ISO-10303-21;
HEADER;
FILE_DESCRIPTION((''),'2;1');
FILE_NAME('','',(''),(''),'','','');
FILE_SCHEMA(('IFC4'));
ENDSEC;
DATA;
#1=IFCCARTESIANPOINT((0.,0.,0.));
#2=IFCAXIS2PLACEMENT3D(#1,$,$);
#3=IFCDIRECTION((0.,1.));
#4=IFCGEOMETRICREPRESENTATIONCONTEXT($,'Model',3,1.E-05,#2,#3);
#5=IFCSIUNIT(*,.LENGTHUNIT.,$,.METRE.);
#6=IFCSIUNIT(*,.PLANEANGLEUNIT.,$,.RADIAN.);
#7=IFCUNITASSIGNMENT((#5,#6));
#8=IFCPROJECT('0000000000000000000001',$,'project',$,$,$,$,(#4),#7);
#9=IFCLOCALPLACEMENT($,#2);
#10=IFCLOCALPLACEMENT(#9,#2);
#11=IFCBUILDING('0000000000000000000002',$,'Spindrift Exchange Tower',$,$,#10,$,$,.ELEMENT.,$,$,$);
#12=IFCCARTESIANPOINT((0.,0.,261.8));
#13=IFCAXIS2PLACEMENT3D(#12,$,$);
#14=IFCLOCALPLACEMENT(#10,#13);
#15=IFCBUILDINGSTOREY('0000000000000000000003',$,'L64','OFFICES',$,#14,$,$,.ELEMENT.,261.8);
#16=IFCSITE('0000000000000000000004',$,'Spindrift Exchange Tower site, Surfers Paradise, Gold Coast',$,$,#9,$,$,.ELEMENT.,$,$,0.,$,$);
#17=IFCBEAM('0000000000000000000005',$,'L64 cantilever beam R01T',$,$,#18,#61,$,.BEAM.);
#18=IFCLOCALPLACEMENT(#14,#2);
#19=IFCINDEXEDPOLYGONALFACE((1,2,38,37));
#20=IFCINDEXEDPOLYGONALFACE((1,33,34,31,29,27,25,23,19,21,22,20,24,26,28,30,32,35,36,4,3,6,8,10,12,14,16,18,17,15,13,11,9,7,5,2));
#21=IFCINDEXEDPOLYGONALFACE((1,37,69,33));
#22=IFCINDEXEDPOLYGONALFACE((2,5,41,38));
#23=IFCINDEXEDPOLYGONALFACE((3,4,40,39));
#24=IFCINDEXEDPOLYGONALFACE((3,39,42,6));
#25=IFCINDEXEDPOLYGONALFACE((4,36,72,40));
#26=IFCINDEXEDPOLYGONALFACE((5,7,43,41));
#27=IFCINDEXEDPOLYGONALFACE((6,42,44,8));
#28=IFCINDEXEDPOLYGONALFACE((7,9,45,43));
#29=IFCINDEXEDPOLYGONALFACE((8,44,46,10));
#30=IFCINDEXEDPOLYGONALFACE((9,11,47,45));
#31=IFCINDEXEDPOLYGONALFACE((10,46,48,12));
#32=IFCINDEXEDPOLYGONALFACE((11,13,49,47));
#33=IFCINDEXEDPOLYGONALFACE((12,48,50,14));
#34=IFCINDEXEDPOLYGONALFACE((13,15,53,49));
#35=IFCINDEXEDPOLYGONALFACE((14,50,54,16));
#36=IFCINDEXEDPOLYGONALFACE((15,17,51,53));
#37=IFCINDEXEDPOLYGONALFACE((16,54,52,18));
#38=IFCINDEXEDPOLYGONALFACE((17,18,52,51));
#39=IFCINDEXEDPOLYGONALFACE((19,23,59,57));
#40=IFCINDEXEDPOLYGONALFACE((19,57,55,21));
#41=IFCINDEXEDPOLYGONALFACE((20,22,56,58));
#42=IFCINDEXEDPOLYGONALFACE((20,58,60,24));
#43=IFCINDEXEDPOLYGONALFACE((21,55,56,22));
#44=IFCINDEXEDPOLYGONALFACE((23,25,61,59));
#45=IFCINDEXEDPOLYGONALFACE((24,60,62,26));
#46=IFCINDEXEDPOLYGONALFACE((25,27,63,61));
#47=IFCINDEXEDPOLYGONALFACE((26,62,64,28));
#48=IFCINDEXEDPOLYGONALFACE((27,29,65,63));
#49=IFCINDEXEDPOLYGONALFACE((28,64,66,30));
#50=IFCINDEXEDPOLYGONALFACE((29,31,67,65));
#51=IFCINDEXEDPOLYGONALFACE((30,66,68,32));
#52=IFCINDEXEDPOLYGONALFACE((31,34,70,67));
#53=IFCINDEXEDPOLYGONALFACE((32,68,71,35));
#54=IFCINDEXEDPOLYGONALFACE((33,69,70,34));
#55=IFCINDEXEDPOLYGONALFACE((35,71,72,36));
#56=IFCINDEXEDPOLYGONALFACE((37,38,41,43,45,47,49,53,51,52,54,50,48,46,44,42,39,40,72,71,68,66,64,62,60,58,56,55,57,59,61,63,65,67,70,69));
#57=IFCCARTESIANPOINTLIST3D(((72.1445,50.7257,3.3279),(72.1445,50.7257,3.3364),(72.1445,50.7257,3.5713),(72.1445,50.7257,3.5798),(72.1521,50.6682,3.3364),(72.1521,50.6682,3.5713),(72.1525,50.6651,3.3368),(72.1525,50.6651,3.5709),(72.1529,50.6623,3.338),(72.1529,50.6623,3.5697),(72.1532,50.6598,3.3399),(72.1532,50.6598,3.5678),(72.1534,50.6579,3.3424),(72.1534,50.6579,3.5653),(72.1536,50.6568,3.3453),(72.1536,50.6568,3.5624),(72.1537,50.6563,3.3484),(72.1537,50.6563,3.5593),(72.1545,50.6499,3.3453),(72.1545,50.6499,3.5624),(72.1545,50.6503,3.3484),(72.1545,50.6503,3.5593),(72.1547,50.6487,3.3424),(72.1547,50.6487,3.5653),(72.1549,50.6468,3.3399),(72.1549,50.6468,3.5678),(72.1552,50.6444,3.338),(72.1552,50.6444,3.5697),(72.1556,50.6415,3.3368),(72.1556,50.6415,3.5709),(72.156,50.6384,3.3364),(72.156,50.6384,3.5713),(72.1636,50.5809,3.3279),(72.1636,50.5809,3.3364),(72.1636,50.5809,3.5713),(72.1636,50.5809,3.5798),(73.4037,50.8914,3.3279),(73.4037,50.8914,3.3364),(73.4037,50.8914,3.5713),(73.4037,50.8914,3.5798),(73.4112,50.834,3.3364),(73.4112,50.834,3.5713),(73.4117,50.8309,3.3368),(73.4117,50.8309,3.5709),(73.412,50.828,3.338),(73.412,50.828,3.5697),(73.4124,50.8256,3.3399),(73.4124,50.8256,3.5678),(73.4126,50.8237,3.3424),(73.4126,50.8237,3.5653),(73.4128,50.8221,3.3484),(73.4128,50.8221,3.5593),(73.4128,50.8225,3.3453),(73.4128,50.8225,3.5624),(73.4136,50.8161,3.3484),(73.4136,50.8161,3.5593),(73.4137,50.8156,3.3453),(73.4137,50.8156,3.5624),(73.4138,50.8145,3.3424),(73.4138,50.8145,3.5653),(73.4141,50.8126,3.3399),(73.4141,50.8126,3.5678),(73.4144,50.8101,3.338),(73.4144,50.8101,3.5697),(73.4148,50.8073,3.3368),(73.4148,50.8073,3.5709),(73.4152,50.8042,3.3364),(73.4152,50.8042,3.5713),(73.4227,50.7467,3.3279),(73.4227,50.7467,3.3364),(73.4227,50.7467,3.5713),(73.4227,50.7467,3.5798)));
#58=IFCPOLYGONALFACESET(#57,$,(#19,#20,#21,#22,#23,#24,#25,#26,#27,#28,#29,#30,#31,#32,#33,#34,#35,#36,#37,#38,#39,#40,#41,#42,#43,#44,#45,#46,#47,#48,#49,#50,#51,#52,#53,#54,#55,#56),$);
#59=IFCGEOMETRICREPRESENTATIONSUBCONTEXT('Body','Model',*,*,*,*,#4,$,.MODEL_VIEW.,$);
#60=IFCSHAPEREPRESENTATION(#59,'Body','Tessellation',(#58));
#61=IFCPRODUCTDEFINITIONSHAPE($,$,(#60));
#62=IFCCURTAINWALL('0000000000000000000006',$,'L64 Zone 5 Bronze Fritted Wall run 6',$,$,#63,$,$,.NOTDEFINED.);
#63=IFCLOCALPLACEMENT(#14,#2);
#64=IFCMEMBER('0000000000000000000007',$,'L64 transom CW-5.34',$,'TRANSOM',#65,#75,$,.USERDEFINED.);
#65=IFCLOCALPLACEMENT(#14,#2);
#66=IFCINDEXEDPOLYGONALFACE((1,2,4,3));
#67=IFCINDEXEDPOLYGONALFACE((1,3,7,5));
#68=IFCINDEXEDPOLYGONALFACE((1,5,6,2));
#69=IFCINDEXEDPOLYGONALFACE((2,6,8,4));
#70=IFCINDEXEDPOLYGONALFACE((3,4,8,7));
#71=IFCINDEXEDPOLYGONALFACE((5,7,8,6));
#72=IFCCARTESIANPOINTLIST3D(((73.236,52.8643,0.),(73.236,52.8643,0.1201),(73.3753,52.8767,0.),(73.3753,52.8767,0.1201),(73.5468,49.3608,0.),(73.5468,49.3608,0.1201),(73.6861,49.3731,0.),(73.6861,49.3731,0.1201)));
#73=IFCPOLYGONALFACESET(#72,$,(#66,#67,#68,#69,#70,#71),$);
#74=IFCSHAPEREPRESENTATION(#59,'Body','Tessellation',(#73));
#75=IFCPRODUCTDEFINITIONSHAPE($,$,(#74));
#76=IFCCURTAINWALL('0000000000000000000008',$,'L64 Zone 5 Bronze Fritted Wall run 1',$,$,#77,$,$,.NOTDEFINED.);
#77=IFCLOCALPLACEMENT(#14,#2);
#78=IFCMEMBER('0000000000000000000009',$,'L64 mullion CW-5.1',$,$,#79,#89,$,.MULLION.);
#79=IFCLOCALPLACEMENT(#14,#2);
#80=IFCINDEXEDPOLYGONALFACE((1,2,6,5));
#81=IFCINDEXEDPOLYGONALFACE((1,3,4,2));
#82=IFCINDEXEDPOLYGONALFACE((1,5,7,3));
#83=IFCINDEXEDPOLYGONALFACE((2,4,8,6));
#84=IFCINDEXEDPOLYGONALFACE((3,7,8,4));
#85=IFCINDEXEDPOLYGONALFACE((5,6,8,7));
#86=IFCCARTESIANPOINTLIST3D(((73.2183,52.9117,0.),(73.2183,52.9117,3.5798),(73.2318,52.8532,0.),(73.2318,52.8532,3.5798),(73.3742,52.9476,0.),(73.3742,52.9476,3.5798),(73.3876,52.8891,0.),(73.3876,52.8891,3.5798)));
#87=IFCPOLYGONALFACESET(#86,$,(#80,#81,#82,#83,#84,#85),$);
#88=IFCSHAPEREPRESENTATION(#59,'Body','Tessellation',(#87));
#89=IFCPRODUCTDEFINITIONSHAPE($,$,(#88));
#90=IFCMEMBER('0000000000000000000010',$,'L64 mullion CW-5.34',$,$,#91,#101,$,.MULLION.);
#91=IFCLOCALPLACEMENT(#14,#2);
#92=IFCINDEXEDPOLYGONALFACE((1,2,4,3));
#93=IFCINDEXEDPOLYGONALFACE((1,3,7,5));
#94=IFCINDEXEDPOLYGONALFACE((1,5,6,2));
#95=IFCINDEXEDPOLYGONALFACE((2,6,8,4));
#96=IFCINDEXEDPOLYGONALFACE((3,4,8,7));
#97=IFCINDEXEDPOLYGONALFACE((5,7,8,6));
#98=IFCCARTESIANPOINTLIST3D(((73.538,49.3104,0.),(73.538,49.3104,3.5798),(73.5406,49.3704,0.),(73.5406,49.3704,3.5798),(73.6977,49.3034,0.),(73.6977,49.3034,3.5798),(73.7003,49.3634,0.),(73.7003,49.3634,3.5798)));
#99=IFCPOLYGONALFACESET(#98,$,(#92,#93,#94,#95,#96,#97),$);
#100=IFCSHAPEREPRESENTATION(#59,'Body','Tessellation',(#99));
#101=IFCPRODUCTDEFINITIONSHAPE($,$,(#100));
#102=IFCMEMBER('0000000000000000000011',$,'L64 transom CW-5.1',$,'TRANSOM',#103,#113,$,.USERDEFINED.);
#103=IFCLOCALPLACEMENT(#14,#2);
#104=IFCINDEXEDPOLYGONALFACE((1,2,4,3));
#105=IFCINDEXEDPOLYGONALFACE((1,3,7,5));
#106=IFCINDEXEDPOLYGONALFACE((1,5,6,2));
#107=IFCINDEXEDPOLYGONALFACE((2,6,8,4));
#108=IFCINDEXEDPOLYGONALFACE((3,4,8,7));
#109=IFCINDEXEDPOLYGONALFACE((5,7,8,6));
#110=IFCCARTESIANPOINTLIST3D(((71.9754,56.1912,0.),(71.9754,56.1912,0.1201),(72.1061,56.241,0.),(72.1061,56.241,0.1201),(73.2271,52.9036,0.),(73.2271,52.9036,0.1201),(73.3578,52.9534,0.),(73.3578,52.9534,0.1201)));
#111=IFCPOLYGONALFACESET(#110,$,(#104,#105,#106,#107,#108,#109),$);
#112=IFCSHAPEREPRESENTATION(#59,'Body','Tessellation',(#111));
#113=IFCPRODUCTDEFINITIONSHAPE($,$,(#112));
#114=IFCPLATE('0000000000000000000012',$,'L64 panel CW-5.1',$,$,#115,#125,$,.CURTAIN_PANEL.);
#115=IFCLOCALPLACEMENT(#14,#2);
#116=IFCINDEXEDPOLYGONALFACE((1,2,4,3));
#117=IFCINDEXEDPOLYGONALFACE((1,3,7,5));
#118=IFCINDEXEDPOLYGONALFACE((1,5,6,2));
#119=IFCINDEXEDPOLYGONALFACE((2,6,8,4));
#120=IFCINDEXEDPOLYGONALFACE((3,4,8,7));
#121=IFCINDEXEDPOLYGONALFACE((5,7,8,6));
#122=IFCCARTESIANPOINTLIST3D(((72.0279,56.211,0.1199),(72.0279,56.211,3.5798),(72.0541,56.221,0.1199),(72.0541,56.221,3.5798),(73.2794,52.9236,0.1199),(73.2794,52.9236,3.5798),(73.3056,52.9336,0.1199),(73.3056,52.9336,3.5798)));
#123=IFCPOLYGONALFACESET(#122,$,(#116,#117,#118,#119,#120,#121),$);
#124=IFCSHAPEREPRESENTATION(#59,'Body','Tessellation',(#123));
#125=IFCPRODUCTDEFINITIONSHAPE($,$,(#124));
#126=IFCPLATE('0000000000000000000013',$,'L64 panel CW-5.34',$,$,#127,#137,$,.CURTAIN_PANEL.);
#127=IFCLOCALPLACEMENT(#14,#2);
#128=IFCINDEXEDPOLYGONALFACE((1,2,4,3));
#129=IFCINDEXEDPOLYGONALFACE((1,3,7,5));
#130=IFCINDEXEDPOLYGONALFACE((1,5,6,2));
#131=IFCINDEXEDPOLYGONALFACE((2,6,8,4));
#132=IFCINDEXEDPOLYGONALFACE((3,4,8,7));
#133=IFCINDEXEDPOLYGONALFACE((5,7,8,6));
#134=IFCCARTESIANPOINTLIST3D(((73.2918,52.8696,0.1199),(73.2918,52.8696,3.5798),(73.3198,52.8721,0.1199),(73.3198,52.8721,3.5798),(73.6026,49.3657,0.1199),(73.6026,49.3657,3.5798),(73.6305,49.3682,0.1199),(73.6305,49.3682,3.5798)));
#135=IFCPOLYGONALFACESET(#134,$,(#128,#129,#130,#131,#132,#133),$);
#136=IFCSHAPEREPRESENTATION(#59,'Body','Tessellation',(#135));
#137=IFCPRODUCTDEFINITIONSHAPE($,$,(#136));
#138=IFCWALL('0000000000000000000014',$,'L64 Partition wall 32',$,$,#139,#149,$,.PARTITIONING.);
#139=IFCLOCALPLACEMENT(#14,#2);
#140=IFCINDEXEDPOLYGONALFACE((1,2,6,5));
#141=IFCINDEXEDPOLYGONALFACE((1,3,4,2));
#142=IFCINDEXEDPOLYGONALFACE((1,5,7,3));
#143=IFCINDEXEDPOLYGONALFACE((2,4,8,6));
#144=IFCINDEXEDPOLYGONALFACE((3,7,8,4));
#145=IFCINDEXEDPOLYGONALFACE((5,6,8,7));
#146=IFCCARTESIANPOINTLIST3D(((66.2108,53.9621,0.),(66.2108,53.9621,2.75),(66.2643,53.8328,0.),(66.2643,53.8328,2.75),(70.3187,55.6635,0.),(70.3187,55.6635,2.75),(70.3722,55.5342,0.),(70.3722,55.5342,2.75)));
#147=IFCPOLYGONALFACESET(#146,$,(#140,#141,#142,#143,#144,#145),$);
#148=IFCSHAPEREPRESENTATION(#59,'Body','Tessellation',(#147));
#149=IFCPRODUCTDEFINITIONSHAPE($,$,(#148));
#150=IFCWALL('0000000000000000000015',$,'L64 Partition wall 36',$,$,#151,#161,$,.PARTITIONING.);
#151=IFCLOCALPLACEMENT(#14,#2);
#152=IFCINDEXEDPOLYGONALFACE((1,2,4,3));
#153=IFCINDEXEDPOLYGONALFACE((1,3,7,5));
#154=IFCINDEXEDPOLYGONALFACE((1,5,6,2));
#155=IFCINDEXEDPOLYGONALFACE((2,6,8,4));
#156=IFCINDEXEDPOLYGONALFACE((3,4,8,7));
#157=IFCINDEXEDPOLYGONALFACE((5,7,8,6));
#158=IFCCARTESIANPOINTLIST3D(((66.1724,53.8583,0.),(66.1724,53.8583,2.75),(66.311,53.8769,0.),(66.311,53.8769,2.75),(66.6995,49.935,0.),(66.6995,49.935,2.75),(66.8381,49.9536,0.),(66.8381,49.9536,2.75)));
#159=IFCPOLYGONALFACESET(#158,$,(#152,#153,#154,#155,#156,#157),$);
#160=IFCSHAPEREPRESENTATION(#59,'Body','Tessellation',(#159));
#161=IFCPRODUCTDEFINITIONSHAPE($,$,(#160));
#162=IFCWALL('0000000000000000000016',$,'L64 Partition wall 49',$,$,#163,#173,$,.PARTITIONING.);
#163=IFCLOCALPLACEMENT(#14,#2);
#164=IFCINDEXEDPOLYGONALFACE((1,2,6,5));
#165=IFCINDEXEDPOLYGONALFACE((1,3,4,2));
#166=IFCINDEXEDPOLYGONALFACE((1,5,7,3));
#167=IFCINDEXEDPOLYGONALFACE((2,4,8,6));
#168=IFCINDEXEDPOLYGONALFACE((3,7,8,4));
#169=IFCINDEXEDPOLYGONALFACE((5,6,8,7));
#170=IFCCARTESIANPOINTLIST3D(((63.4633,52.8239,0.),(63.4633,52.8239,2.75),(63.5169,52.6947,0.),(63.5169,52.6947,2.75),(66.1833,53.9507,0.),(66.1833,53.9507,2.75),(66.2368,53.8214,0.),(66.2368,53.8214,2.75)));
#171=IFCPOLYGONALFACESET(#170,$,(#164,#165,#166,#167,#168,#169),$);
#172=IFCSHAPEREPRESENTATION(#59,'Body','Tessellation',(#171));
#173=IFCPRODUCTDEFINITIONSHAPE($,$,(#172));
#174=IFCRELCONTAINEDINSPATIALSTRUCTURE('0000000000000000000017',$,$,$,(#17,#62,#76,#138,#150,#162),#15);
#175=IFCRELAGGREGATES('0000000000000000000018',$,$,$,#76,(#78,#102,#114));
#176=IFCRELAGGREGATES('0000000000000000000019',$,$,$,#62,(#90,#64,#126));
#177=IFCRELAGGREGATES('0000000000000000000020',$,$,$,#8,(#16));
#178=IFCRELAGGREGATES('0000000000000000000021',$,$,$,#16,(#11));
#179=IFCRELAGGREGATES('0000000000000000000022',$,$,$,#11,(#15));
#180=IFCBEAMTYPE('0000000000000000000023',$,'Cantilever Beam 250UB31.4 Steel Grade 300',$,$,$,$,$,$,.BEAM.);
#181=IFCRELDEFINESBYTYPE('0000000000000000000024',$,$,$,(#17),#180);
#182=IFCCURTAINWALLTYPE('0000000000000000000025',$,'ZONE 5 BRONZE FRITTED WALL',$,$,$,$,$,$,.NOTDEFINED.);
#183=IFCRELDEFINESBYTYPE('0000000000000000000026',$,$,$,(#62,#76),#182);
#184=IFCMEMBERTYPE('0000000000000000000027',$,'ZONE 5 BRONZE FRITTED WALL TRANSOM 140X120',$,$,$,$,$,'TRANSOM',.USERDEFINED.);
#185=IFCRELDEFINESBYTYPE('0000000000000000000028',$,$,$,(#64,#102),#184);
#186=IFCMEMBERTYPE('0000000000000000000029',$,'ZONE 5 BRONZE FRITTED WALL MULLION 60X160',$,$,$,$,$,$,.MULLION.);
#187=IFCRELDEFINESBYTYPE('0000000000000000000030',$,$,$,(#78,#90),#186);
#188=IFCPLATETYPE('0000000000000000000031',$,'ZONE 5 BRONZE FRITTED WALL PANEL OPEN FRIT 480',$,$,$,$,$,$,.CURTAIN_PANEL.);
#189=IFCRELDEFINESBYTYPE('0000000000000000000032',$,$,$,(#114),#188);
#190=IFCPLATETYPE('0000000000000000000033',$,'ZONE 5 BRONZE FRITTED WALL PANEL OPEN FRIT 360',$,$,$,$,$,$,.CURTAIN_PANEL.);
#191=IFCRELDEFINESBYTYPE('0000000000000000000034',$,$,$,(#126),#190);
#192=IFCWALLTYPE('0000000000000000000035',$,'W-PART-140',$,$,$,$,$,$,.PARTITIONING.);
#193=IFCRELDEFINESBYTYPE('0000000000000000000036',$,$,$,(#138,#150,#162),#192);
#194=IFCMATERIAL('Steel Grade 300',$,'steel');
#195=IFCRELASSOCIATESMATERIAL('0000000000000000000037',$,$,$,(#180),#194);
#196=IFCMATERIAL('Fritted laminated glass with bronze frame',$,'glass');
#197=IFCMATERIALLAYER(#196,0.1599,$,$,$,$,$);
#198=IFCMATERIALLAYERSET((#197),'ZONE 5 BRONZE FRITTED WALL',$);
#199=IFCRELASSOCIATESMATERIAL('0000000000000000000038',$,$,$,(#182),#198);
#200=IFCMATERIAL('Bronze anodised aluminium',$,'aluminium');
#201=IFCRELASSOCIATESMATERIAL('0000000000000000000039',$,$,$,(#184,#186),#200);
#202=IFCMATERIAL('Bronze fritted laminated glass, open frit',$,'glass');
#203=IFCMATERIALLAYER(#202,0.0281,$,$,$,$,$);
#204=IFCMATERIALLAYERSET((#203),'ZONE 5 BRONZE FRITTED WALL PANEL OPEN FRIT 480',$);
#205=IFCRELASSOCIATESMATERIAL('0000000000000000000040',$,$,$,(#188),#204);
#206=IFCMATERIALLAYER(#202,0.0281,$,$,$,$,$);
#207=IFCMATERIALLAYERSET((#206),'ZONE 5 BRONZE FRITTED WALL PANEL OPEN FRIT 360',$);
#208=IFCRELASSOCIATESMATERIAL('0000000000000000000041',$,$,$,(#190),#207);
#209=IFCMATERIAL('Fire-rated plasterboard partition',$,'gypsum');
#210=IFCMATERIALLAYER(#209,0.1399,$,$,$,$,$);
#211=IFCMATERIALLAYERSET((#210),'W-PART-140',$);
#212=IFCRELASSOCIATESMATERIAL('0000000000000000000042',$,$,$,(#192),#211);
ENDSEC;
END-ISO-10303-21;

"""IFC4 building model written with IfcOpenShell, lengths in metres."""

from ifc_helpers import new_model, si_unit, direction, frame, frame_2d, origin, origin_2d, place, context, subcontext, project, spatial, rectangle, i_section, extrude, source, transform, mapped, material, layer, layer_set, material_profile, profile_set, type_object, element, aggregate, save


model = new_model("IFC4")

# Units and contexts
model_context = context("Model", 3, precision=1e-05, world=origin(), true_north=direction((0.0, 1.0)))
body_context = subcontext(model_context, "Body", "Model", "MODEL_VIEW")
ifc_project = project(units=[si_unit("LENGTHUNIT", "METRE"), si_unit("PLANEANGLEUNIT", "RADIAN")], contexts=[model_context])

# Site, building, storey
site_placement = place(None, origin())
site = spatial("IfcSite", under=ifc_project, at=site_placement, Name="Spindrift Exchange Tower site, Surfers Paradise, Gold Coast", CompositionType="ELEMENT", RefElevation=0.0)
building_placement = place(site_placement, origin())
building = spatial("IfcBuilding", under=site, at=building_placement, Name="Spindrift Exchange Tower", CompositionType="ELEMENT")
storey_placement = place(building_placement, frame((0.0, 0.0, 261.8)))
storey = spatial("IfcBuildingStorey", under=building, at=storey_placement, Name="L64", Description="OFFICES", CompositionType="ELEMENT", Elevation=261.8)

# Beam
ifc_material_1 = material(Name="Steel Grade 300", Category="steel")
ifc_material_profile_1 = material_profile(ifc_material_1, i_section(OverallWidth=0.146, OverallDepth=0.252, WebThickness=0.0061, FlangeThickness=0.0085, FilletRadius=0.012, at=origin_2d()), Name="250UB31.4")
ifc_profile_set_1 = profile_set([ifc_material_profile_1], Name="Steel Grade 300")
beam_type_1 = type_object("IfcBeamType", Name="Cantilever Beam 250UB31.4 Steel Grade 300", PredefinedType="BEAM", material=ifc_profile_set_1)
shared_shape_1 = source(origin(), body_context, "Body", "SweptSolid", [
    extrude(i_section(OverallWidth=0.146, OverallDepth=0.252, WebThickness=0.0061, FlangeThickness=0.0085, FilletRadius=0.012, at=origin_2d()), origin(), (0.0, 0.0, 1.0), 1.27),
])
beam_1_placement = place(storey_placement, frame((72.1541, 50.6533, 3.4539), z_axis=(0.991446, 0.130514, 0.0), x_axis=(-0.130514, 0.991446, 0.0)))
element("IfcBeam", 1, at=beam_1_placement, inside=storey, type_object=beam_type_1, Name="L64 cantilever beam R01T", PredefinedType="BEAM", context=body_context, shape_type="MappedRepresentation", body=[
    mapped(shared_shape_1, transform((0.0, 0.0, 0.0), scale=1.0)),
])

# Curtain walls, members
ifc_material_2 = material(Name="Fritted laminated glass with bronze frame", Category="glass")
ifc_layer_1 = layer(ifc_material_2, 0.1599)
ifc_layer_set_1 = layer_set([ifc_layer_1], Name="ZONE 5 BRONZE FRITTED WALL")
curtain_wall_type = type_object("IfcCurtainWallType", Name="ZONE 5 BRONZE FRITTED WALL", PredefinedType="NOTDEFINED", material=ifc_layer_set_1)
curtain_wall_1_placement = place(storey_placement, origin())
curtain_wall_1 = element("IfcCurtainWall", 2, at=curtain_wall_1_placement, inside=storey, type_object=curtain_wall_type, Name="L64 Zone 5 Bronze Fritted Wall run 6", PredefinedType="NOTDEFINED")
ifc_material_3 = material(Name="Bronze anodised aluminium", Category="aluminium")
ifc_material_profile_2 = material_profile(ifc_material_3, rectangle(XDim=0.1399, YDim=0.1201, at=origin_2d()), Name="ZONE 5 BRONZE FRITTED WALL TRANSOM 140X120")
ifc_profile_set_2 = profile_set([ifc_material_profile_2], Name="Bronze anodised aluminium")
member_type_1 = type_object("IfcMemberType", Name="ZONE 5 BRONZE FRITTED WALL TRANSOM 140X120", ElementType="TRANSOM", PredefinedType="USERDEFINED", material=ifc_profile_set_2)
shared_shape_2 = source(origin(), body_context, "Body", "SweptSolid", [
    extrude(rectangle(XDim=0.1399, YDim=0.1201, at=origin_2d()), origin(), (0.0, 0.0, 1.0), 3.5173),
])
member_1_placement = place(storey_placement, frame((73.6165, 49.3669, 0.0601), z_axis=(-0.088358, 0.996089, 0.0), x_axis=(-0.996089, -0.088358, 0.0)))
member_1 = element("IfcMember", 3, at=member_1_placement, type_object=member_type_1, Name="L64 transom CW-5.34", ObjectType="TRANSOM", PredefinedType="USERDEFINED", context=body_context, shape_type="MappedRepresentation", body=[
    mapped(shared_shape_2, transform((0.0, 0.0, 0.0), scale=1.0)),
])
curtain_wall_2_placement = place(storey_placement, origin())
curtain_wall_2 = element("IfcCurtainWall", 4, at=curtain_wall_2_placement, inside=storey, type_object=curtain_wall_type, Name="L64 Zone 5 Bronze Fritted Wall run 1", PredefinedType="NOTDEFINED")
ifc_material_profile_3 = material_profile(ifc_material_3, rectangle(XDim=0.0601, YDim=0.1599, at=origin_2d()), Name="ZONE 5 BRONZE FRITTED WALL MULLION 60X160")
ifc_profile_set_3 = profile_set([ifc_material_profile_3], Name="Bronze anodised aluminium")
member_type_2 = type_object("IfcMemberType", Name="ZONE 5 BRONZE FRITTED WALL MULLION 60X160", PredefinedType="MULLION", material=ifc_profile_set_3)
shared_shape_3 = source(origin(), body_context, "Body", "SweptSolid", [
    extrude(rectangle(XDim=0.0601, YDim=0.1599, at=origin_2d()), origin(), (0.0, 0.0, 1.0), 3.5798),
])
member_2_placement = place(storey_placement, frame((73.303, 52.9004, 0.0), z_axis=(0.0, 0.0, 1.0), x_axis=(-0.224184, 0.974547, 0.0)))
member_2 = element("IfcMember", 5, at=member_2_placement, type_object=member_type_2, Name="L64 mullion CW-5.1", PredefinedType="MULLION", context=body_context, shape_type="MappedRepresentation", body=[
    mapped(shared_shape_3, transform((0.0, 0.0, 0.0), scale=1.0)),
])

# Members
member_3_placement = place(storey_placement, frame((73.6191, 49.3369, 0.0), z_axis=(0.0, 0.0, 1.0), x_axis=(0.043406, 0.999057, 0.0)))
member_3 = element("IfcMember", 6, at=member_3_placement, type_object=member_type_2, Name="L64 mullion CW-5.34", PredefinedType="MULLION", context=body_context, shape_type="MappedRepresentation", body=[
    mapped(shared_shape_3, transform((0.0, 0.0, 0.0), scale=1.0)),
])
shared_shape_4 = source(origin(), body_context, "Body", "SweptSolid", [
    extrude(rectangle(XDim=0.1399, YDim=0.1201, at=origin_2d()), origin(), (0.0, 0.0, 1.0), 3.5178),
])
member_4_placement = place(storey_placement, frame((73.2925, 52.9285, 0.0601), z_axis=(-0.355819, 0.934555, 0.0), x_axis=(-0.934555, -0.355819, 0.0)))
member_4 = element("IfcMember", 7, at=member_4_placement, type_object=member_type_1, Name="L64 transom CW-5.1", ObjectType="TRANSOM", PredefinedType="USERDEFINED", context=body_context, shape_type="MappedRepresentation", body=[
    mapped(shared_shape_4, transform((0.0, 0.0, 0.0), scale=1.0)),
])

# Plates
ifc_material_4 = material(Name="Bronze fritted laminated glass, open frit", Category="glass")
ifc_layer_2 = layer(ifc_material_4, 0.0281)
ifc_layer_set_2 = layer_set([ifc_layer_2], Name="ZONE 5 BRONZE FRITTED WALL PANEL OPEN FRIT 480")
plate_type_1 = type_object("IfcPlateType", Name="ZONE 5 BRONZE FRITTED WALL PANEL OPEN FRIT 480", PredefinedType="CURTAIN_PANEL", material=ifc_layer_set_2)
shared_shape_5 = source(origin(), body_context, "Body", "SweptSolid", [
    extrude(rectangle(XDim=3.5176, YDim=0.0281, at=origin_2d()), origin(), (0.0, 0.0, 1.0), 3.46),
])
plate_1_placement = place(storey_placement, frame((72.6667, 54.5723, 0.1199), z_axis=(0.0, 0.0, 1.0), x_axis=(-0.355797, 0.934563, 0.0)))
plate_1 = element("IfcPlate", 8, at=plate_1_placement, type_object=plate_type_1, Name="L64 panel CW-5.1", PredefinedType="CURTAIN_PANEL", context=body_context, shape_type="MappedRepresentation", body=[
    mapped(shared_shape_5, transform((0.0, 0.0, 0.0), scale=1.0)),
])
aggregate(curtain_wall_2, [member_2, member_4, plate_1])
ifc_layer_3 = layer(ifc_material_4, 0.0281)
ifc_layer_set_3 = layer_set([ifc_layer_3], Name="ZONE 5 BRONZE FRITTED WALL PANEL OPEN FRIT 360")
plate_type_2 = type_object("IfcPlateType", Name="ZONE 5 BRONZE FRITTED WALL PANEL OPEN FRIT 360", PredefinedType="CURTAIN_PANEL", material=ifc_layer_set_3)
shared_shape_6 = source(origin(), body_context, "Body", "SweptSolid", [
    extrude(rectangle(XDim=3.5176, YDim=0.0281, at=origin_2d()), origin(), (0.0, 0.0, 1.0), 3.46),
])
plate_2_placement = place(storey_placement, frame((73.4612, 51.1189, 0.1199), z_axis=(0.0, 0.0, 1.0), x_axis=(-0.088331, 0.996091, 0.0)))
plate_2 = element("IfcPlate", 9, at=plate_2_placement, type_object=plate_type_2, Name="L64 panel CW-5.34", PredefinedType="CURTAIN_PANEL", context=body_context, shape_type="MappedRepresentation", body=[
    mapped(shared_shape_6, transform((0.0, 0.0, 0.0), scale=1.0)),
])
aggregate(curtain_wall_1, [member_3, member_1, plate_2])

# Walls
ifc_material_5 = material(Name="Fire-rated plasterboard partition", Category="gypsum")
ifc_layer_4 = layer(ifc_material_5, 0.1399)
ifc_layer_set_4 = layer_set([ifc_layer_4], Name="W-PART-140")
wall_type_1 = type_object("IfcWallType", Name="W-PART-140", PredefinedType="PARTITIONING", material=ifc_layer_set_4)
wall_1_placement = place(storey_placement, frame((66.2375, 53.8975, 0.0), z_axis=(0.0, 0.0, 1.0), x_axis=(0.92389, 0.382657, 0.0)))
element("IfcWall", 10, at=wall_1_placement, inside=storey, type_object=wall_type_1, Name="L64 Partition wall 32", PredefinedType="PARTITIONING", context=body_context, shape_type="SweptSolid", body=[
    extrude(rectangle(XDim=4.4463, YDim=0.1399, at=frame_2d((2.2231, 0.0))), origin(), (0.0, 0.0, 1.0), 2.75),
])
wall_2_placement = place(storey_placement, frame((66.7688, 49.9443, 0.0), z_axis=(0.0, 0.0, 1.0), x_axis=(-0.133153, 0.991095, 0.0)))
element("IfcWall", 11, at=wall_2_placement, inside=storey, type_object=wall_type_1, Name="L64 Partition wall 36", PredefinedType="PARTITIONING", context=body_context, shape_type="SweptSolid", body=[
    extrude(rectangle(XDim=3.9585, YDim=0.1399, at=frame_2d((1.9792, 0.0))), origin(), (0.0, 0.0, 1.0), 2.75),
])
wall_3_placement = place(storey_placement, frame((63.49, 52.7593, 0.0), z_axis=(0.0, 0.0, 1.0), x_axis=(0.923872, 0.382701, 0.0)))
element("IfcWall", 12, at=wall_3_placement, inside=storey, type_object=wall_type_1, Name="L64 Partition wall 49", PredefinedType="PARTITIONING", context=body_context, shape_type="SweptSolid", body=[
    extrude(rectangle(XDim=2.9441, YDim=0.1399, at=frame_2d((1.4722, 0.0))), origin(), (0.0, 0.0, 1.0), 2.75),
])

save(model, "model.ifc")
